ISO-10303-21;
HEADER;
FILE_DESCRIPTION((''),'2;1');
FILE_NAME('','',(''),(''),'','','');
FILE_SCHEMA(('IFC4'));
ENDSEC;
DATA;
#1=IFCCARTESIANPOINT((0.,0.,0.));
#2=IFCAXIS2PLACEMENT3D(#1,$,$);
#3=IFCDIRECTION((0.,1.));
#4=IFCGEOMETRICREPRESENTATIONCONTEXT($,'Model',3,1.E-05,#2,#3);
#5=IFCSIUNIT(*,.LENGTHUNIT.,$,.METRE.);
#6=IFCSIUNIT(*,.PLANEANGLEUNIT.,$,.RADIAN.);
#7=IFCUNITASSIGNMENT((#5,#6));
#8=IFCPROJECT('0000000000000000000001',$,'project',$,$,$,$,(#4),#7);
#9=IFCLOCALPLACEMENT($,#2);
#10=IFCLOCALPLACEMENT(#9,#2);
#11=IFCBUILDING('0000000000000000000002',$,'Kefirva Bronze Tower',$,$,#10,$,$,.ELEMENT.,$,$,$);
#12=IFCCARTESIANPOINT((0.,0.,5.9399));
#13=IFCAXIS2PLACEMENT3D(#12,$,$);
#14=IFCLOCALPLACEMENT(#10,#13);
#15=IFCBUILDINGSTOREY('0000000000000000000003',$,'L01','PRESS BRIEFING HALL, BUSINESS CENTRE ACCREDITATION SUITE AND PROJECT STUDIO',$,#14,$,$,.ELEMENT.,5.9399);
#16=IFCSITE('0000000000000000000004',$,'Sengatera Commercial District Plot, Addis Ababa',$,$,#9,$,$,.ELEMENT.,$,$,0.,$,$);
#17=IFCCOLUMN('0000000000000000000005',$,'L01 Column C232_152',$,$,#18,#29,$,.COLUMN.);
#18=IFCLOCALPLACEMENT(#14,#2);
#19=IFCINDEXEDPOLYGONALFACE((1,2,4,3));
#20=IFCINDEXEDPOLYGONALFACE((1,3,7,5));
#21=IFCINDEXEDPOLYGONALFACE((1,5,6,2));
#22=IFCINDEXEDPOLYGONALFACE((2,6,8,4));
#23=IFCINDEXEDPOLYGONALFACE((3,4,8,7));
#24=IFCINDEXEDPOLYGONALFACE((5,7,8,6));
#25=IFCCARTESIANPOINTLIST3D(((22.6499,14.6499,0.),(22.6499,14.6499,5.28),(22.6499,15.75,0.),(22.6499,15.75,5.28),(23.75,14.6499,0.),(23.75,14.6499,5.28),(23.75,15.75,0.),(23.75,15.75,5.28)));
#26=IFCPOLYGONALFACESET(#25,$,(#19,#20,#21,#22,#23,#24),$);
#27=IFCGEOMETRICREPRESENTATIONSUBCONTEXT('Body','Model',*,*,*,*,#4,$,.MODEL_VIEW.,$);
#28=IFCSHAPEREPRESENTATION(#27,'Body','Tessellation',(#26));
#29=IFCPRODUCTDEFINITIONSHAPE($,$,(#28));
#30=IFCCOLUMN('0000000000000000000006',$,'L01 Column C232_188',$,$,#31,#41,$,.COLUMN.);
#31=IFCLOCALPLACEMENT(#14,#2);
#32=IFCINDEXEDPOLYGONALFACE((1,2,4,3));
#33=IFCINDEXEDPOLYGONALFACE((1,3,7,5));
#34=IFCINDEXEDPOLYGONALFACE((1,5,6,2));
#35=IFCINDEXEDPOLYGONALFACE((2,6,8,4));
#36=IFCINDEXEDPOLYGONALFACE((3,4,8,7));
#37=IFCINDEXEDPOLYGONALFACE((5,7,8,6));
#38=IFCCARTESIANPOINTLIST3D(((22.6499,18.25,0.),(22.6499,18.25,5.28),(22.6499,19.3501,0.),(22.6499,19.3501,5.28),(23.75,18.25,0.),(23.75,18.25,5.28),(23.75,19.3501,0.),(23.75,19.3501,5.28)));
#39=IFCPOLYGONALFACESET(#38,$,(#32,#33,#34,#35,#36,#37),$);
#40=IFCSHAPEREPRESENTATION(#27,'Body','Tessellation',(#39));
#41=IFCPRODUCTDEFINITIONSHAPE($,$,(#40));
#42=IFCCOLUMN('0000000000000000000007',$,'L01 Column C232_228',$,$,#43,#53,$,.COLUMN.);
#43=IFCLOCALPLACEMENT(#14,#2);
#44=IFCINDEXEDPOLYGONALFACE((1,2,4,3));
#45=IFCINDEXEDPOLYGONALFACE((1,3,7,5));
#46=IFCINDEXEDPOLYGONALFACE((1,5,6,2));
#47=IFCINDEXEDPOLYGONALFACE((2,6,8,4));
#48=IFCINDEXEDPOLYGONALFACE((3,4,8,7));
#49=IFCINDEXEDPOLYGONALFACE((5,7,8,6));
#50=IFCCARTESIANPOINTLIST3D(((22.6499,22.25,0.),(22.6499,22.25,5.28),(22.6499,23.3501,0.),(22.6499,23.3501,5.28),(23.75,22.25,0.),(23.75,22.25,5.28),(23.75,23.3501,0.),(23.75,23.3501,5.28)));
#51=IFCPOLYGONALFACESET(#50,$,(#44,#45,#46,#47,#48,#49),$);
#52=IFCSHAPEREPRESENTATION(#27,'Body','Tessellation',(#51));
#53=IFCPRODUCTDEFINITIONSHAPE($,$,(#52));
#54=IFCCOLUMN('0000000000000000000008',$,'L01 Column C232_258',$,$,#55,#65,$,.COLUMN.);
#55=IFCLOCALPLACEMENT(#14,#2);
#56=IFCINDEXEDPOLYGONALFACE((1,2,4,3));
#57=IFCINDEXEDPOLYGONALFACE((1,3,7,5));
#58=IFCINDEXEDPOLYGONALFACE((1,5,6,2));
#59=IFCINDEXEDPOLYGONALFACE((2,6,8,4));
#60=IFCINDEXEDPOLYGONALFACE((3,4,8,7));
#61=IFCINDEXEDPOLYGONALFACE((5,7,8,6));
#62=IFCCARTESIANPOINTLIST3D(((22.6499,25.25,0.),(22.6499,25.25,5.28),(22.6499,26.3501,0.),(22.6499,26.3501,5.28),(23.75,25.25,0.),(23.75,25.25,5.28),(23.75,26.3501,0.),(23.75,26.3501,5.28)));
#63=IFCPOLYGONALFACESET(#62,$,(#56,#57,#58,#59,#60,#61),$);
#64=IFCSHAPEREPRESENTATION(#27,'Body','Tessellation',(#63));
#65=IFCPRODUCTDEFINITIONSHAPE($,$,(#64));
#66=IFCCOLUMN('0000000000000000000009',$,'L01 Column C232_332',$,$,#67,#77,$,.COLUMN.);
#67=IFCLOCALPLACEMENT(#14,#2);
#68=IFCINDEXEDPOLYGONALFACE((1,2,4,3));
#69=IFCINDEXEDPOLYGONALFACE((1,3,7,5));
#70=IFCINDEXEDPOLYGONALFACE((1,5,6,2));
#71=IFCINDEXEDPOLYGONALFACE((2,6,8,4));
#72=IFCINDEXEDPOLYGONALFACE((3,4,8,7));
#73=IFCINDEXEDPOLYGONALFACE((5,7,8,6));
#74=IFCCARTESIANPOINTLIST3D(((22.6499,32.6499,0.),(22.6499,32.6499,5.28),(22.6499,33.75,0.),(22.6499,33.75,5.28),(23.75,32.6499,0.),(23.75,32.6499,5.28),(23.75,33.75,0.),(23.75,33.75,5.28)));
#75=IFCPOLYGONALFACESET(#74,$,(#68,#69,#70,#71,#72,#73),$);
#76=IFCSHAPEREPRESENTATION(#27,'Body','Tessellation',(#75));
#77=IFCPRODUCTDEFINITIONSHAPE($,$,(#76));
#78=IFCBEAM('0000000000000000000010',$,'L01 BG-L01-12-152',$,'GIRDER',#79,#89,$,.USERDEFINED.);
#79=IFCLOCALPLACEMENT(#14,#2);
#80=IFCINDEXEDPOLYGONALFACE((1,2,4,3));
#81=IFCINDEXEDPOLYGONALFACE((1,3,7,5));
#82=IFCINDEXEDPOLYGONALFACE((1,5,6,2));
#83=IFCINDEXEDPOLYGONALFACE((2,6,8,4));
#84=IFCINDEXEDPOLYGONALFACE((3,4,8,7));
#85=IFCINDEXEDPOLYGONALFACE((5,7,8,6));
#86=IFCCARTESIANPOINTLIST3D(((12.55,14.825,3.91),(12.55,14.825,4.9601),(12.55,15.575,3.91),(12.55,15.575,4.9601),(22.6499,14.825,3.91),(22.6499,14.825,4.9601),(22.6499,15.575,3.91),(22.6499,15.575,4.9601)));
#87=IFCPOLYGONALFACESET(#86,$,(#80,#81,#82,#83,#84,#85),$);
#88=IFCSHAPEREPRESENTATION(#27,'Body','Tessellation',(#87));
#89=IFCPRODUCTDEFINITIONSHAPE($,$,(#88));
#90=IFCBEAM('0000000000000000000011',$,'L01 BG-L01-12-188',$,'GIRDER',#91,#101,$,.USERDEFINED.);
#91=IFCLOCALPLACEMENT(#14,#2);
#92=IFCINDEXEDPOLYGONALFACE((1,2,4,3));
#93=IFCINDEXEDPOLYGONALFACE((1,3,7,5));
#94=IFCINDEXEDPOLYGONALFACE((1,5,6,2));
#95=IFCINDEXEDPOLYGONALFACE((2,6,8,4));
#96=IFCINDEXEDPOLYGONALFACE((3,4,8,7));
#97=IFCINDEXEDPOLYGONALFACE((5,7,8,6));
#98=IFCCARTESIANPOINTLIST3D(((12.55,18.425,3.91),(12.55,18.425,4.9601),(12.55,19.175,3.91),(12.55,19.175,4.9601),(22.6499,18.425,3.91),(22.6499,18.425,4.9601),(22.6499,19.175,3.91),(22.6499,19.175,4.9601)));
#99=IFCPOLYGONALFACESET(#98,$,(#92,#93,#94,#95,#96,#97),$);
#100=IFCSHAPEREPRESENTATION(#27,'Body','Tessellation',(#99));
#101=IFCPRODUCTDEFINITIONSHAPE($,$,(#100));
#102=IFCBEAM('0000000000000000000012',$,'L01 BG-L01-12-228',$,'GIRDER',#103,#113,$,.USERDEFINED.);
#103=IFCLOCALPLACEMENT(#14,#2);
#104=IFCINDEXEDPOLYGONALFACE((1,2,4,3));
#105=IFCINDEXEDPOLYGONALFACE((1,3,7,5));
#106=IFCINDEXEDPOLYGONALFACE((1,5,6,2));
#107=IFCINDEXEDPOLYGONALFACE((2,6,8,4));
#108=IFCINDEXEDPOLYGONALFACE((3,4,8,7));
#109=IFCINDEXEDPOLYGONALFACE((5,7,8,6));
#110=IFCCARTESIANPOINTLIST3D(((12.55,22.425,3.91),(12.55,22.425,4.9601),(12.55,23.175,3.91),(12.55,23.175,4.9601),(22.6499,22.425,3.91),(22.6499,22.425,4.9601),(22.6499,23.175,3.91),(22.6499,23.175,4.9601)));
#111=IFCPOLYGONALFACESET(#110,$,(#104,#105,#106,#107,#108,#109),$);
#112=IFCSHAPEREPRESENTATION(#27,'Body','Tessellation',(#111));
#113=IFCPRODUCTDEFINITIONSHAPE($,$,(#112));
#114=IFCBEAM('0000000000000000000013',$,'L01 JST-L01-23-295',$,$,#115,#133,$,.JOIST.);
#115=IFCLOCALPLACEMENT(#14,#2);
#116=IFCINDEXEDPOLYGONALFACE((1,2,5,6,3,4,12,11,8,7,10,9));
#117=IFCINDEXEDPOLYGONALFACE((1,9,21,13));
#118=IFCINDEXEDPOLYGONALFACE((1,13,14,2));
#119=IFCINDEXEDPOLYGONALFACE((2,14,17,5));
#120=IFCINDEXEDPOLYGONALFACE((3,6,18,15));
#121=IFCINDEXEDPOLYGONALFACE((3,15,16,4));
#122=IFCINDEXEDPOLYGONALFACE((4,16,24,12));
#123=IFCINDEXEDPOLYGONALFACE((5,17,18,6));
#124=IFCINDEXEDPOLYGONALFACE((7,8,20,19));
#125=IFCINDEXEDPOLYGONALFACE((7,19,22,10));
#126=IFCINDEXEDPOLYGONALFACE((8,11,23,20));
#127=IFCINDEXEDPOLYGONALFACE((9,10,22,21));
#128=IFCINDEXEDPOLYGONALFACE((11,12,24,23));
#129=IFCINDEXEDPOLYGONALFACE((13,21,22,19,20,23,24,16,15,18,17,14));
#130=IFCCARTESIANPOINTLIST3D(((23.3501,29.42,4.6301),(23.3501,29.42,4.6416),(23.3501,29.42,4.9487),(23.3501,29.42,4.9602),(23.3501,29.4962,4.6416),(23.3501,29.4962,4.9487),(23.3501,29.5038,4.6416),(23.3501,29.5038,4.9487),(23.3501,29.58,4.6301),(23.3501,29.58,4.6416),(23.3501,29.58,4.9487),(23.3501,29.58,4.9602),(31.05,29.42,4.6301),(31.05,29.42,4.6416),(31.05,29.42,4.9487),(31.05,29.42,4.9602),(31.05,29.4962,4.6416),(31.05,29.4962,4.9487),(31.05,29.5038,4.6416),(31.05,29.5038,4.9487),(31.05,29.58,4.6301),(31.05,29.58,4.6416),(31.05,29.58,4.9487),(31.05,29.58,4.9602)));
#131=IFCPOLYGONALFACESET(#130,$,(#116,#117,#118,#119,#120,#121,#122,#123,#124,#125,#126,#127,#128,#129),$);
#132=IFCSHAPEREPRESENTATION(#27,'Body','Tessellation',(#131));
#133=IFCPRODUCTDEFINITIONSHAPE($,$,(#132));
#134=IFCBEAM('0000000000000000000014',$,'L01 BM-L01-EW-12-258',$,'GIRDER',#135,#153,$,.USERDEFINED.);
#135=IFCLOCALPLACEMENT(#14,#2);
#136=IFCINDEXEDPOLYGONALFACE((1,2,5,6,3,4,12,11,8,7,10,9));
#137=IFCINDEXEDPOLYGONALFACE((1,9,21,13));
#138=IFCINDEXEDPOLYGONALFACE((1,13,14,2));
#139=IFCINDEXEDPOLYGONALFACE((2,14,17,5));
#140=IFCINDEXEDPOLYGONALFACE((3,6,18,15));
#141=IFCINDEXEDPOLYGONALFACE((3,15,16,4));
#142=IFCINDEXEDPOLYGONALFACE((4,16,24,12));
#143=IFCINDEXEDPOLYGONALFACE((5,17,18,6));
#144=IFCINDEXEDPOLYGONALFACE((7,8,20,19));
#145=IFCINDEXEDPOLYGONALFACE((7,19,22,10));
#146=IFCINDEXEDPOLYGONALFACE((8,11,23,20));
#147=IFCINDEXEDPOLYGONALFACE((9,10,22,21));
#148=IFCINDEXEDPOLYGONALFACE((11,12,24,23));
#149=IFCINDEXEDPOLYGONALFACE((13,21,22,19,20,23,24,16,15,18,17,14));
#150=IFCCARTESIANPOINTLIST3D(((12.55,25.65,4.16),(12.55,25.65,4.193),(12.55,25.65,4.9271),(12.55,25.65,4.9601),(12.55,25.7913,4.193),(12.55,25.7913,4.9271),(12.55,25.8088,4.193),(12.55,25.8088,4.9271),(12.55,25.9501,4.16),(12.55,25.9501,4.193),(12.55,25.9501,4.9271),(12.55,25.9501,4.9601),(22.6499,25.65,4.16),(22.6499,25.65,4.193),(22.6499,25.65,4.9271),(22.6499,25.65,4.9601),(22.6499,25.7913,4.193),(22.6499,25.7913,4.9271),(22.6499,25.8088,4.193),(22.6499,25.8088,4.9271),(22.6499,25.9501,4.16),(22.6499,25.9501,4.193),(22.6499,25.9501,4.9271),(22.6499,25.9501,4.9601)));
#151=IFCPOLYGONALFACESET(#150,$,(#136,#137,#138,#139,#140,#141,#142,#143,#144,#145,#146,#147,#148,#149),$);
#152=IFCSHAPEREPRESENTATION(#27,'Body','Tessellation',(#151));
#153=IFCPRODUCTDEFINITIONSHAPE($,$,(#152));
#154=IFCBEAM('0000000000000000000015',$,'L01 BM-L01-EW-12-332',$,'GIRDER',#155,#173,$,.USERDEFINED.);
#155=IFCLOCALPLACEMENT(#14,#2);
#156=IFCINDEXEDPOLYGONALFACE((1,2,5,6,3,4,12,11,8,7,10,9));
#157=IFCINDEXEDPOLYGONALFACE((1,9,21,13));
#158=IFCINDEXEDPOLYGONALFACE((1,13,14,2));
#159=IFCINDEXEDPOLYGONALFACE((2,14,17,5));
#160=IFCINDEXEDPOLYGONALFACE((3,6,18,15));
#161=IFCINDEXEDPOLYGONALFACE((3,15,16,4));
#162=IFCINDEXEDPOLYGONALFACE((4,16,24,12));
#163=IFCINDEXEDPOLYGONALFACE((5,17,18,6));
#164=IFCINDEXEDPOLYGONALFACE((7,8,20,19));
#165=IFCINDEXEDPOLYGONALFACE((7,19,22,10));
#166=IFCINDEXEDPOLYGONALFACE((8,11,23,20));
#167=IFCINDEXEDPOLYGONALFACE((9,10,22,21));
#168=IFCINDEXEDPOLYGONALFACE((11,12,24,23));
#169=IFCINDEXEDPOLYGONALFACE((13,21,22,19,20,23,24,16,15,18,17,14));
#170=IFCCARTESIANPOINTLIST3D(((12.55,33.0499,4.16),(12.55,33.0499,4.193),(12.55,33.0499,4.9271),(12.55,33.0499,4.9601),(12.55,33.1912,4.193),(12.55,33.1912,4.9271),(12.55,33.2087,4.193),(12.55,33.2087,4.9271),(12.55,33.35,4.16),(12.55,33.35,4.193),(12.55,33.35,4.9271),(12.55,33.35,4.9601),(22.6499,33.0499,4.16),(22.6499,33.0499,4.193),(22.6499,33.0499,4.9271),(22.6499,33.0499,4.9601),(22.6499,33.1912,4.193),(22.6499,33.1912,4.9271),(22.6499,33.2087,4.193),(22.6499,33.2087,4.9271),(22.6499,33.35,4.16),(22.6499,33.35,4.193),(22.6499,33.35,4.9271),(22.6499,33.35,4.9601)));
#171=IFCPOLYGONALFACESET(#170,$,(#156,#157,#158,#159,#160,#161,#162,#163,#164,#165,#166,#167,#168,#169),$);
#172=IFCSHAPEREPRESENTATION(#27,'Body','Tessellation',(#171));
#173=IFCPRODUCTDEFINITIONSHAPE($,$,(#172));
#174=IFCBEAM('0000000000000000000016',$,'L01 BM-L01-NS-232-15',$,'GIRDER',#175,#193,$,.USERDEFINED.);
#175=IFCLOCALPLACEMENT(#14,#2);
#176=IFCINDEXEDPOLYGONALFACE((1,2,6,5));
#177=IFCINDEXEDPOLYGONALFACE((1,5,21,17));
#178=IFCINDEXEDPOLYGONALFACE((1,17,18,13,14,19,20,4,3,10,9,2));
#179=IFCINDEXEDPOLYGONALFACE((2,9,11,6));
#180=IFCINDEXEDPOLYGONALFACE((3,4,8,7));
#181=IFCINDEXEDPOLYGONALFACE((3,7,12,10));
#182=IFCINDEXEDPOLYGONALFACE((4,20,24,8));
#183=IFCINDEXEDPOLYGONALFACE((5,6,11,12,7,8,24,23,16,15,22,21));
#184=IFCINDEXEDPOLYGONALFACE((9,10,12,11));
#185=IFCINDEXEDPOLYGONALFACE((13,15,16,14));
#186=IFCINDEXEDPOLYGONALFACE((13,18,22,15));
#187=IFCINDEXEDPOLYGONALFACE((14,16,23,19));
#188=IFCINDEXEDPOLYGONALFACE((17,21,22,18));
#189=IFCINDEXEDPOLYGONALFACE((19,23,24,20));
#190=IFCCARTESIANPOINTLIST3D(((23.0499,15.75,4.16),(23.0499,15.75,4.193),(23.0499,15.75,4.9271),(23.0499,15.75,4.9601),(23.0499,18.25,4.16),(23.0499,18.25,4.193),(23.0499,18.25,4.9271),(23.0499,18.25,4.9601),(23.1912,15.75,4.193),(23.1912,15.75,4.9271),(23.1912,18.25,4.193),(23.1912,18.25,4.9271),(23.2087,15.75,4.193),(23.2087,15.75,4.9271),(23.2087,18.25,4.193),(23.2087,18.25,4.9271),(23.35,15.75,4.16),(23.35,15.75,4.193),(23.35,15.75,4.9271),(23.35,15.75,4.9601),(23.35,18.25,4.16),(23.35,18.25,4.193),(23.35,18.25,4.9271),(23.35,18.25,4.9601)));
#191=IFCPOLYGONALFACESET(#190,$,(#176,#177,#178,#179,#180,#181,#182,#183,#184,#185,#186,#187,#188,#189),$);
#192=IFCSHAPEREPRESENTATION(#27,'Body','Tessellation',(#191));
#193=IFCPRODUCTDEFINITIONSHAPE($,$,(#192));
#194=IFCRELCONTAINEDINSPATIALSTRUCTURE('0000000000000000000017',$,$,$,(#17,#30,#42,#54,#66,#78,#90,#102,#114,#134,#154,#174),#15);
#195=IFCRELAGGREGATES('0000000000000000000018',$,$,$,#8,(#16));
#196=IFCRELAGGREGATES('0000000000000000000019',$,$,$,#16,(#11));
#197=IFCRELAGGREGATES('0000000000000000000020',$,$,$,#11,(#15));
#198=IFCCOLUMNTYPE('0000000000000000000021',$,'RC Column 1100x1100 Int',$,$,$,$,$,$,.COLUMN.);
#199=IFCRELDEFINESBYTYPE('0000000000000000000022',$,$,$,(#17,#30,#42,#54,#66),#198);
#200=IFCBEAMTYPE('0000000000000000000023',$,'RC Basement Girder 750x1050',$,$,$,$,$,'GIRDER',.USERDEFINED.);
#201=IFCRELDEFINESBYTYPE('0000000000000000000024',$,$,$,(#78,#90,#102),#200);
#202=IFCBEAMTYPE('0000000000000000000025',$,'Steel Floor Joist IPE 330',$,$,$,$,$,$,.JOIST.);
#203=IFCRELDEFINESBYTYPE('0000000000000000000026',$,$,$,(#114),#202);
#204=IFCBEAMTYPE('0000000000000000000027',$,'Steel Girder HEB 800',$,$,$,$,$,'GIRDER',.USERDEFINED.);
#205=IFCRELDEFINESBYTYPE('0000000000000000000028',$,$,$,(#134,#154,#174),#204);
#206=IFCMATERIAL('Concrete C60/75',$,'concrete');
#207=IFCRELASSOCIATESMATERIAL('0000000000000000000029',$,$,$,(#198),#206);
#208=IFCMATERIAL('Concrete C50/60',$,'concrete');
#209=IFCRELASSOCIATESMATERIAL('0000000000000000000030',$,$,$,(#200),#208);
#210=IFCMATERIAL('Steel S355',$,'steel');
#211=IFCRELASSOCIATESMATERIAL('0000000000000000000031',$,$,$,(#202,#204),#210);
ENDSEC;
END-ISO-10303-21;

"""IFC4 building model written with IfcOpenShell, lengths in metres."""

from ifc_helpers import new_model, si_unit, direction, frame, origin, origin_2d, place, context, subcontext, project, spatial, rectangle, i_section, extrude, material, material_profile, profile_set, type_object, element, save


model = new_model("IFC4")

# Units and contexts
model_context = context("Model", 3, precision=1e-05, world=origin(), true_north=direction((0.0, 1.0)))
body_context = subcontext(model_context, "Body", "Model", "MODEL_VIEW")
ifc_project = project(units=[si_unit("LENGTHUNIT", "METRE"), si_unit("PLANEANGLEUNIT", "RADIAN")], contexts=[model_context])

# Site, building, storey
site_placement = place(None, origin())
site = spatial("IfcSite", under=ifc_project, at=site_placement, Name="Sengatera Commercial District Plot, Addis Ababa", CompositionType="ELEMENT", RefElevation=0.0)
building_placement = place(site_placement, origin())
building = spatial("IfcBuilding", under=site, at=building_placement, Name="Kefirva Bronze Tower", CompositionType="ELEMENT")
storey_placement = place(building_placement, frame((0.0, 0.0, 5.9399)))
storey = spatial("IfcBuildingStorey", under=building, at=storey_placement, Name="L01", Description="PRESS BRIEFING HALL, BUSINESS CENTRE ACCREDITATION SUITE AND PROJECT STUDIO", CompositionType="ELEMENT", Elevation=5.9399)

# Columns
ifc_material_1 = material(Name="Concrete C60/75", Category="concrete")
ifc_material_profile_1 = material_profile(ifc_material_1, rectangle(XDim=1.1001, YDim=1.1001, at=origin_2d()), Name="RC 1100x1100")
ifc_profile_set_1 = profile_set([ifc_material_profile_1], Name="Concrete C60/75")
column_type = type_object("IfcColumnType", Name="RC Column 1100x1100 Int", PredefinedType="COLUMN", material=ifc_profile_set_1)
for number, where, z_axis, x_axis, name in (
    (1, (23.2, 15.2, 0.0), (0.0, 0.0, 1.0), (1.0, 0.0, 0.0), "L01 Column C232_152"),
    (2, (23.2, 18.8, 0.0), (0.0, 0.0, 1.0), (1.0, 0.0, 0.0), "L01 Column C232_188"),
    (3, (23.2, 22.8, 0.0), (0.0, 0.0, 1.0), (1.0, 0.0, 0.0), "L01 Column C232_228"),
    (4, (23.2, 25.8, 0.0), (0.0, 0.0, 1.0), (1.0, 0.0, 0.0), "L01 Column C232_258"),
    (5, (23.2, 33.2, 0.0), (0.0, 0.0, 1.0), (1.0, 0.0, 0.0), "L01 Column C232_332"),
):
    element("IfcColumn", number, at=place(storey_placement, frame(where, z_axis=z_axis, x_axis=x_axis)), inside=storey, type_object=column_type, Name=name, PredefinedType="COLUMN", context=body_context, shape_type="SweptSolid", body=[
        extrude(rectangle(XDim=1.1001, YDim=1.1001, at=origin_2d()), origin(), (0.0, 0.0, 1.0), 5.28),
    ])

# Beams
ifc_material_2 = material(Name="Concrete C50/60", Category="concrete")
ifc_material_profile_2 = material_profile(ifc_material_2, rectangle(XDim=0.75, YDim=1.05, at=origin_2d()), Name="RC 750x1050")
ifc_profile_set_2 = profile_set([ifc_material_profile_2], Name="Concrete C50/60")
beam_type_1 = type_object("IfcBeamType", Name="RC Basement Girder 750x1050", ElementType="GIRDER", PredefinedType="USERDEFINED", material=ifc_profile_set_2)
for number, where, z_axis, x_axis, name in (
    (6, (12.55, 15.2, 4.4351), (1.0, 0.0, 0.0), (0.0, 1.0, 0.0), "L01 BG-L01-12-152"),
    (7, (12.55, 18.8, 4.4351), (1.0, 0.0, 0.0), (0.0, 1.0, 0.0), "L01 BG-L01-12-188"),
    (8, (12.55, 22.8, 4.4351), (1.0, 0.0, 0.0), (0.0, 1.0, 0.0), "L01 BG-L01-12-228"),
):
    element("IfcBeam", number, at=place(storey_placement, frame(where, z_axis=z_axis, x_axis=x_axis)), inside=storey, type_object=beam_type_1, Name=name, ObjectType="GIRDER", PredefinedType="USERDEFINED", context=body_context, shape_type="SweptSolid", body=[
        extrude(rectangle(XDim=0.75, YDim=1.05, at=origin_2d()), origin(), (0.0, 0.0, 1.0), 10.0999),
    ])
ifc_material_3 = material(Name="Steel S355", Category="steel")
ifc_material_profile_3 = material_profile(ifc_material_3, i_section(OverallWidth=0.1599, OverallDepth=0.3301, WebThickness=0.0076, FlangeThickness=0.0115, at=origin_2d()), Name="IPE 330")
ifc_profile_set_3 = profile_set([ifc_material_profile_3], Name="Steel S355")
beam_type_2 = type_object("IfcBeamType", Name="Steel Floor Joist IPE 330", PredefinedType="JOIST", material=ifc_profile_set_3)
beam_1_placement = place(storey_placement, frame((23.3501, 29.5, 4.7952), z_axis=(1.0, 0.0, 0.0), x_axis=(0.0, 1.0, 0.0)))
element("IfcBeam", 9, at=beam_1_placement, inside=storey, type_object=beam_type_2, Name="L01 JST-L01-23-295", PredefinedType="JOIST", context=body_context, shape_type="SweptSolid", body=[
    extrude(i_section(OverallWidth=0.1599, OverallDepth=0.3301, WebThickness=0.0076, FlangeThickness=0.0115, at=origin_2d()), origin(), (0.0, 0.0, 1.0), 7.7),
])
ifc_material_profile_4 = material_profile(ifc_material_3, i_section(OverallWidth=0.3, OverallDepth=0.8, WebThickness=0.0176, FlangeThickness=0.033, at=origin_2d()), Name="HEB 800")
ifc_profile_set_4 = profile_set([ifc_material_profile_4], Name="Steel S355")
beam_type_3 = type_object("IfcBeamType", Name="Steel Girder HEB 800", ElementType="GIRDER", PredefinedType="USERDEFINED", material=ifc_profile_set_4)
for number, where, z_axis, x_axis, name in (
    (10, (12.55, 25.8, 4.5601), (1.0, 0.0, 0.0), (0.0, 1.0, 0.0), "L01 BM-L01-EW-12-258"),
    (11, (12.55, 33.2, 4.5601), (1.0, 0.0, 0.0), (0.0, 1.0, 0.0), "L01 BM-L01-EW-12-332"),
):
    element("IfcBeam", number, at=place(storey_placement, frame(where, z_axis=z_axis, x_axis=x_axis)), inside=storey, type_object=beam_type_3, Name=name, ObjectType="GIRDER", PredefinedType="USERDEFINED", context=body_context, shape_type="SweptSolid", body=[
        extrude(i_section(OverallWidth=0.3, OverallDepth=0.8, WebThickness=0.0176, FlangeThickness=0.033, at=origin_2d()), origin(), (0.0, 0.0, 1.0), 10.0999),
    ])
beam_2_placement = place(storey_placement, frame((23.2, 15.75, 4.5601), z_axis=(0.0, 1.0, 0.0), x_axis=(-1.0, 0.0, 0.0)))
element("IfcBeam", 12, at=beam_2_placement, inside=storey, type_object=beam_type_3, Name="L01 BM-L01-NS-232-15", ObjectType="GIRDER", PredefinedType="USERDEFINED", context=body_context, shape_type="SweptSolid", body=[
    extrude(i_section(OverallWidth=0.3, OverallDepth=0.8, WebThickness=0.0176, FlangeThickness=0.033, at=origin_2d()), origin(), (0.0, 0.0, 1.0), 2.5),
])

save(model, "model.ifc")
